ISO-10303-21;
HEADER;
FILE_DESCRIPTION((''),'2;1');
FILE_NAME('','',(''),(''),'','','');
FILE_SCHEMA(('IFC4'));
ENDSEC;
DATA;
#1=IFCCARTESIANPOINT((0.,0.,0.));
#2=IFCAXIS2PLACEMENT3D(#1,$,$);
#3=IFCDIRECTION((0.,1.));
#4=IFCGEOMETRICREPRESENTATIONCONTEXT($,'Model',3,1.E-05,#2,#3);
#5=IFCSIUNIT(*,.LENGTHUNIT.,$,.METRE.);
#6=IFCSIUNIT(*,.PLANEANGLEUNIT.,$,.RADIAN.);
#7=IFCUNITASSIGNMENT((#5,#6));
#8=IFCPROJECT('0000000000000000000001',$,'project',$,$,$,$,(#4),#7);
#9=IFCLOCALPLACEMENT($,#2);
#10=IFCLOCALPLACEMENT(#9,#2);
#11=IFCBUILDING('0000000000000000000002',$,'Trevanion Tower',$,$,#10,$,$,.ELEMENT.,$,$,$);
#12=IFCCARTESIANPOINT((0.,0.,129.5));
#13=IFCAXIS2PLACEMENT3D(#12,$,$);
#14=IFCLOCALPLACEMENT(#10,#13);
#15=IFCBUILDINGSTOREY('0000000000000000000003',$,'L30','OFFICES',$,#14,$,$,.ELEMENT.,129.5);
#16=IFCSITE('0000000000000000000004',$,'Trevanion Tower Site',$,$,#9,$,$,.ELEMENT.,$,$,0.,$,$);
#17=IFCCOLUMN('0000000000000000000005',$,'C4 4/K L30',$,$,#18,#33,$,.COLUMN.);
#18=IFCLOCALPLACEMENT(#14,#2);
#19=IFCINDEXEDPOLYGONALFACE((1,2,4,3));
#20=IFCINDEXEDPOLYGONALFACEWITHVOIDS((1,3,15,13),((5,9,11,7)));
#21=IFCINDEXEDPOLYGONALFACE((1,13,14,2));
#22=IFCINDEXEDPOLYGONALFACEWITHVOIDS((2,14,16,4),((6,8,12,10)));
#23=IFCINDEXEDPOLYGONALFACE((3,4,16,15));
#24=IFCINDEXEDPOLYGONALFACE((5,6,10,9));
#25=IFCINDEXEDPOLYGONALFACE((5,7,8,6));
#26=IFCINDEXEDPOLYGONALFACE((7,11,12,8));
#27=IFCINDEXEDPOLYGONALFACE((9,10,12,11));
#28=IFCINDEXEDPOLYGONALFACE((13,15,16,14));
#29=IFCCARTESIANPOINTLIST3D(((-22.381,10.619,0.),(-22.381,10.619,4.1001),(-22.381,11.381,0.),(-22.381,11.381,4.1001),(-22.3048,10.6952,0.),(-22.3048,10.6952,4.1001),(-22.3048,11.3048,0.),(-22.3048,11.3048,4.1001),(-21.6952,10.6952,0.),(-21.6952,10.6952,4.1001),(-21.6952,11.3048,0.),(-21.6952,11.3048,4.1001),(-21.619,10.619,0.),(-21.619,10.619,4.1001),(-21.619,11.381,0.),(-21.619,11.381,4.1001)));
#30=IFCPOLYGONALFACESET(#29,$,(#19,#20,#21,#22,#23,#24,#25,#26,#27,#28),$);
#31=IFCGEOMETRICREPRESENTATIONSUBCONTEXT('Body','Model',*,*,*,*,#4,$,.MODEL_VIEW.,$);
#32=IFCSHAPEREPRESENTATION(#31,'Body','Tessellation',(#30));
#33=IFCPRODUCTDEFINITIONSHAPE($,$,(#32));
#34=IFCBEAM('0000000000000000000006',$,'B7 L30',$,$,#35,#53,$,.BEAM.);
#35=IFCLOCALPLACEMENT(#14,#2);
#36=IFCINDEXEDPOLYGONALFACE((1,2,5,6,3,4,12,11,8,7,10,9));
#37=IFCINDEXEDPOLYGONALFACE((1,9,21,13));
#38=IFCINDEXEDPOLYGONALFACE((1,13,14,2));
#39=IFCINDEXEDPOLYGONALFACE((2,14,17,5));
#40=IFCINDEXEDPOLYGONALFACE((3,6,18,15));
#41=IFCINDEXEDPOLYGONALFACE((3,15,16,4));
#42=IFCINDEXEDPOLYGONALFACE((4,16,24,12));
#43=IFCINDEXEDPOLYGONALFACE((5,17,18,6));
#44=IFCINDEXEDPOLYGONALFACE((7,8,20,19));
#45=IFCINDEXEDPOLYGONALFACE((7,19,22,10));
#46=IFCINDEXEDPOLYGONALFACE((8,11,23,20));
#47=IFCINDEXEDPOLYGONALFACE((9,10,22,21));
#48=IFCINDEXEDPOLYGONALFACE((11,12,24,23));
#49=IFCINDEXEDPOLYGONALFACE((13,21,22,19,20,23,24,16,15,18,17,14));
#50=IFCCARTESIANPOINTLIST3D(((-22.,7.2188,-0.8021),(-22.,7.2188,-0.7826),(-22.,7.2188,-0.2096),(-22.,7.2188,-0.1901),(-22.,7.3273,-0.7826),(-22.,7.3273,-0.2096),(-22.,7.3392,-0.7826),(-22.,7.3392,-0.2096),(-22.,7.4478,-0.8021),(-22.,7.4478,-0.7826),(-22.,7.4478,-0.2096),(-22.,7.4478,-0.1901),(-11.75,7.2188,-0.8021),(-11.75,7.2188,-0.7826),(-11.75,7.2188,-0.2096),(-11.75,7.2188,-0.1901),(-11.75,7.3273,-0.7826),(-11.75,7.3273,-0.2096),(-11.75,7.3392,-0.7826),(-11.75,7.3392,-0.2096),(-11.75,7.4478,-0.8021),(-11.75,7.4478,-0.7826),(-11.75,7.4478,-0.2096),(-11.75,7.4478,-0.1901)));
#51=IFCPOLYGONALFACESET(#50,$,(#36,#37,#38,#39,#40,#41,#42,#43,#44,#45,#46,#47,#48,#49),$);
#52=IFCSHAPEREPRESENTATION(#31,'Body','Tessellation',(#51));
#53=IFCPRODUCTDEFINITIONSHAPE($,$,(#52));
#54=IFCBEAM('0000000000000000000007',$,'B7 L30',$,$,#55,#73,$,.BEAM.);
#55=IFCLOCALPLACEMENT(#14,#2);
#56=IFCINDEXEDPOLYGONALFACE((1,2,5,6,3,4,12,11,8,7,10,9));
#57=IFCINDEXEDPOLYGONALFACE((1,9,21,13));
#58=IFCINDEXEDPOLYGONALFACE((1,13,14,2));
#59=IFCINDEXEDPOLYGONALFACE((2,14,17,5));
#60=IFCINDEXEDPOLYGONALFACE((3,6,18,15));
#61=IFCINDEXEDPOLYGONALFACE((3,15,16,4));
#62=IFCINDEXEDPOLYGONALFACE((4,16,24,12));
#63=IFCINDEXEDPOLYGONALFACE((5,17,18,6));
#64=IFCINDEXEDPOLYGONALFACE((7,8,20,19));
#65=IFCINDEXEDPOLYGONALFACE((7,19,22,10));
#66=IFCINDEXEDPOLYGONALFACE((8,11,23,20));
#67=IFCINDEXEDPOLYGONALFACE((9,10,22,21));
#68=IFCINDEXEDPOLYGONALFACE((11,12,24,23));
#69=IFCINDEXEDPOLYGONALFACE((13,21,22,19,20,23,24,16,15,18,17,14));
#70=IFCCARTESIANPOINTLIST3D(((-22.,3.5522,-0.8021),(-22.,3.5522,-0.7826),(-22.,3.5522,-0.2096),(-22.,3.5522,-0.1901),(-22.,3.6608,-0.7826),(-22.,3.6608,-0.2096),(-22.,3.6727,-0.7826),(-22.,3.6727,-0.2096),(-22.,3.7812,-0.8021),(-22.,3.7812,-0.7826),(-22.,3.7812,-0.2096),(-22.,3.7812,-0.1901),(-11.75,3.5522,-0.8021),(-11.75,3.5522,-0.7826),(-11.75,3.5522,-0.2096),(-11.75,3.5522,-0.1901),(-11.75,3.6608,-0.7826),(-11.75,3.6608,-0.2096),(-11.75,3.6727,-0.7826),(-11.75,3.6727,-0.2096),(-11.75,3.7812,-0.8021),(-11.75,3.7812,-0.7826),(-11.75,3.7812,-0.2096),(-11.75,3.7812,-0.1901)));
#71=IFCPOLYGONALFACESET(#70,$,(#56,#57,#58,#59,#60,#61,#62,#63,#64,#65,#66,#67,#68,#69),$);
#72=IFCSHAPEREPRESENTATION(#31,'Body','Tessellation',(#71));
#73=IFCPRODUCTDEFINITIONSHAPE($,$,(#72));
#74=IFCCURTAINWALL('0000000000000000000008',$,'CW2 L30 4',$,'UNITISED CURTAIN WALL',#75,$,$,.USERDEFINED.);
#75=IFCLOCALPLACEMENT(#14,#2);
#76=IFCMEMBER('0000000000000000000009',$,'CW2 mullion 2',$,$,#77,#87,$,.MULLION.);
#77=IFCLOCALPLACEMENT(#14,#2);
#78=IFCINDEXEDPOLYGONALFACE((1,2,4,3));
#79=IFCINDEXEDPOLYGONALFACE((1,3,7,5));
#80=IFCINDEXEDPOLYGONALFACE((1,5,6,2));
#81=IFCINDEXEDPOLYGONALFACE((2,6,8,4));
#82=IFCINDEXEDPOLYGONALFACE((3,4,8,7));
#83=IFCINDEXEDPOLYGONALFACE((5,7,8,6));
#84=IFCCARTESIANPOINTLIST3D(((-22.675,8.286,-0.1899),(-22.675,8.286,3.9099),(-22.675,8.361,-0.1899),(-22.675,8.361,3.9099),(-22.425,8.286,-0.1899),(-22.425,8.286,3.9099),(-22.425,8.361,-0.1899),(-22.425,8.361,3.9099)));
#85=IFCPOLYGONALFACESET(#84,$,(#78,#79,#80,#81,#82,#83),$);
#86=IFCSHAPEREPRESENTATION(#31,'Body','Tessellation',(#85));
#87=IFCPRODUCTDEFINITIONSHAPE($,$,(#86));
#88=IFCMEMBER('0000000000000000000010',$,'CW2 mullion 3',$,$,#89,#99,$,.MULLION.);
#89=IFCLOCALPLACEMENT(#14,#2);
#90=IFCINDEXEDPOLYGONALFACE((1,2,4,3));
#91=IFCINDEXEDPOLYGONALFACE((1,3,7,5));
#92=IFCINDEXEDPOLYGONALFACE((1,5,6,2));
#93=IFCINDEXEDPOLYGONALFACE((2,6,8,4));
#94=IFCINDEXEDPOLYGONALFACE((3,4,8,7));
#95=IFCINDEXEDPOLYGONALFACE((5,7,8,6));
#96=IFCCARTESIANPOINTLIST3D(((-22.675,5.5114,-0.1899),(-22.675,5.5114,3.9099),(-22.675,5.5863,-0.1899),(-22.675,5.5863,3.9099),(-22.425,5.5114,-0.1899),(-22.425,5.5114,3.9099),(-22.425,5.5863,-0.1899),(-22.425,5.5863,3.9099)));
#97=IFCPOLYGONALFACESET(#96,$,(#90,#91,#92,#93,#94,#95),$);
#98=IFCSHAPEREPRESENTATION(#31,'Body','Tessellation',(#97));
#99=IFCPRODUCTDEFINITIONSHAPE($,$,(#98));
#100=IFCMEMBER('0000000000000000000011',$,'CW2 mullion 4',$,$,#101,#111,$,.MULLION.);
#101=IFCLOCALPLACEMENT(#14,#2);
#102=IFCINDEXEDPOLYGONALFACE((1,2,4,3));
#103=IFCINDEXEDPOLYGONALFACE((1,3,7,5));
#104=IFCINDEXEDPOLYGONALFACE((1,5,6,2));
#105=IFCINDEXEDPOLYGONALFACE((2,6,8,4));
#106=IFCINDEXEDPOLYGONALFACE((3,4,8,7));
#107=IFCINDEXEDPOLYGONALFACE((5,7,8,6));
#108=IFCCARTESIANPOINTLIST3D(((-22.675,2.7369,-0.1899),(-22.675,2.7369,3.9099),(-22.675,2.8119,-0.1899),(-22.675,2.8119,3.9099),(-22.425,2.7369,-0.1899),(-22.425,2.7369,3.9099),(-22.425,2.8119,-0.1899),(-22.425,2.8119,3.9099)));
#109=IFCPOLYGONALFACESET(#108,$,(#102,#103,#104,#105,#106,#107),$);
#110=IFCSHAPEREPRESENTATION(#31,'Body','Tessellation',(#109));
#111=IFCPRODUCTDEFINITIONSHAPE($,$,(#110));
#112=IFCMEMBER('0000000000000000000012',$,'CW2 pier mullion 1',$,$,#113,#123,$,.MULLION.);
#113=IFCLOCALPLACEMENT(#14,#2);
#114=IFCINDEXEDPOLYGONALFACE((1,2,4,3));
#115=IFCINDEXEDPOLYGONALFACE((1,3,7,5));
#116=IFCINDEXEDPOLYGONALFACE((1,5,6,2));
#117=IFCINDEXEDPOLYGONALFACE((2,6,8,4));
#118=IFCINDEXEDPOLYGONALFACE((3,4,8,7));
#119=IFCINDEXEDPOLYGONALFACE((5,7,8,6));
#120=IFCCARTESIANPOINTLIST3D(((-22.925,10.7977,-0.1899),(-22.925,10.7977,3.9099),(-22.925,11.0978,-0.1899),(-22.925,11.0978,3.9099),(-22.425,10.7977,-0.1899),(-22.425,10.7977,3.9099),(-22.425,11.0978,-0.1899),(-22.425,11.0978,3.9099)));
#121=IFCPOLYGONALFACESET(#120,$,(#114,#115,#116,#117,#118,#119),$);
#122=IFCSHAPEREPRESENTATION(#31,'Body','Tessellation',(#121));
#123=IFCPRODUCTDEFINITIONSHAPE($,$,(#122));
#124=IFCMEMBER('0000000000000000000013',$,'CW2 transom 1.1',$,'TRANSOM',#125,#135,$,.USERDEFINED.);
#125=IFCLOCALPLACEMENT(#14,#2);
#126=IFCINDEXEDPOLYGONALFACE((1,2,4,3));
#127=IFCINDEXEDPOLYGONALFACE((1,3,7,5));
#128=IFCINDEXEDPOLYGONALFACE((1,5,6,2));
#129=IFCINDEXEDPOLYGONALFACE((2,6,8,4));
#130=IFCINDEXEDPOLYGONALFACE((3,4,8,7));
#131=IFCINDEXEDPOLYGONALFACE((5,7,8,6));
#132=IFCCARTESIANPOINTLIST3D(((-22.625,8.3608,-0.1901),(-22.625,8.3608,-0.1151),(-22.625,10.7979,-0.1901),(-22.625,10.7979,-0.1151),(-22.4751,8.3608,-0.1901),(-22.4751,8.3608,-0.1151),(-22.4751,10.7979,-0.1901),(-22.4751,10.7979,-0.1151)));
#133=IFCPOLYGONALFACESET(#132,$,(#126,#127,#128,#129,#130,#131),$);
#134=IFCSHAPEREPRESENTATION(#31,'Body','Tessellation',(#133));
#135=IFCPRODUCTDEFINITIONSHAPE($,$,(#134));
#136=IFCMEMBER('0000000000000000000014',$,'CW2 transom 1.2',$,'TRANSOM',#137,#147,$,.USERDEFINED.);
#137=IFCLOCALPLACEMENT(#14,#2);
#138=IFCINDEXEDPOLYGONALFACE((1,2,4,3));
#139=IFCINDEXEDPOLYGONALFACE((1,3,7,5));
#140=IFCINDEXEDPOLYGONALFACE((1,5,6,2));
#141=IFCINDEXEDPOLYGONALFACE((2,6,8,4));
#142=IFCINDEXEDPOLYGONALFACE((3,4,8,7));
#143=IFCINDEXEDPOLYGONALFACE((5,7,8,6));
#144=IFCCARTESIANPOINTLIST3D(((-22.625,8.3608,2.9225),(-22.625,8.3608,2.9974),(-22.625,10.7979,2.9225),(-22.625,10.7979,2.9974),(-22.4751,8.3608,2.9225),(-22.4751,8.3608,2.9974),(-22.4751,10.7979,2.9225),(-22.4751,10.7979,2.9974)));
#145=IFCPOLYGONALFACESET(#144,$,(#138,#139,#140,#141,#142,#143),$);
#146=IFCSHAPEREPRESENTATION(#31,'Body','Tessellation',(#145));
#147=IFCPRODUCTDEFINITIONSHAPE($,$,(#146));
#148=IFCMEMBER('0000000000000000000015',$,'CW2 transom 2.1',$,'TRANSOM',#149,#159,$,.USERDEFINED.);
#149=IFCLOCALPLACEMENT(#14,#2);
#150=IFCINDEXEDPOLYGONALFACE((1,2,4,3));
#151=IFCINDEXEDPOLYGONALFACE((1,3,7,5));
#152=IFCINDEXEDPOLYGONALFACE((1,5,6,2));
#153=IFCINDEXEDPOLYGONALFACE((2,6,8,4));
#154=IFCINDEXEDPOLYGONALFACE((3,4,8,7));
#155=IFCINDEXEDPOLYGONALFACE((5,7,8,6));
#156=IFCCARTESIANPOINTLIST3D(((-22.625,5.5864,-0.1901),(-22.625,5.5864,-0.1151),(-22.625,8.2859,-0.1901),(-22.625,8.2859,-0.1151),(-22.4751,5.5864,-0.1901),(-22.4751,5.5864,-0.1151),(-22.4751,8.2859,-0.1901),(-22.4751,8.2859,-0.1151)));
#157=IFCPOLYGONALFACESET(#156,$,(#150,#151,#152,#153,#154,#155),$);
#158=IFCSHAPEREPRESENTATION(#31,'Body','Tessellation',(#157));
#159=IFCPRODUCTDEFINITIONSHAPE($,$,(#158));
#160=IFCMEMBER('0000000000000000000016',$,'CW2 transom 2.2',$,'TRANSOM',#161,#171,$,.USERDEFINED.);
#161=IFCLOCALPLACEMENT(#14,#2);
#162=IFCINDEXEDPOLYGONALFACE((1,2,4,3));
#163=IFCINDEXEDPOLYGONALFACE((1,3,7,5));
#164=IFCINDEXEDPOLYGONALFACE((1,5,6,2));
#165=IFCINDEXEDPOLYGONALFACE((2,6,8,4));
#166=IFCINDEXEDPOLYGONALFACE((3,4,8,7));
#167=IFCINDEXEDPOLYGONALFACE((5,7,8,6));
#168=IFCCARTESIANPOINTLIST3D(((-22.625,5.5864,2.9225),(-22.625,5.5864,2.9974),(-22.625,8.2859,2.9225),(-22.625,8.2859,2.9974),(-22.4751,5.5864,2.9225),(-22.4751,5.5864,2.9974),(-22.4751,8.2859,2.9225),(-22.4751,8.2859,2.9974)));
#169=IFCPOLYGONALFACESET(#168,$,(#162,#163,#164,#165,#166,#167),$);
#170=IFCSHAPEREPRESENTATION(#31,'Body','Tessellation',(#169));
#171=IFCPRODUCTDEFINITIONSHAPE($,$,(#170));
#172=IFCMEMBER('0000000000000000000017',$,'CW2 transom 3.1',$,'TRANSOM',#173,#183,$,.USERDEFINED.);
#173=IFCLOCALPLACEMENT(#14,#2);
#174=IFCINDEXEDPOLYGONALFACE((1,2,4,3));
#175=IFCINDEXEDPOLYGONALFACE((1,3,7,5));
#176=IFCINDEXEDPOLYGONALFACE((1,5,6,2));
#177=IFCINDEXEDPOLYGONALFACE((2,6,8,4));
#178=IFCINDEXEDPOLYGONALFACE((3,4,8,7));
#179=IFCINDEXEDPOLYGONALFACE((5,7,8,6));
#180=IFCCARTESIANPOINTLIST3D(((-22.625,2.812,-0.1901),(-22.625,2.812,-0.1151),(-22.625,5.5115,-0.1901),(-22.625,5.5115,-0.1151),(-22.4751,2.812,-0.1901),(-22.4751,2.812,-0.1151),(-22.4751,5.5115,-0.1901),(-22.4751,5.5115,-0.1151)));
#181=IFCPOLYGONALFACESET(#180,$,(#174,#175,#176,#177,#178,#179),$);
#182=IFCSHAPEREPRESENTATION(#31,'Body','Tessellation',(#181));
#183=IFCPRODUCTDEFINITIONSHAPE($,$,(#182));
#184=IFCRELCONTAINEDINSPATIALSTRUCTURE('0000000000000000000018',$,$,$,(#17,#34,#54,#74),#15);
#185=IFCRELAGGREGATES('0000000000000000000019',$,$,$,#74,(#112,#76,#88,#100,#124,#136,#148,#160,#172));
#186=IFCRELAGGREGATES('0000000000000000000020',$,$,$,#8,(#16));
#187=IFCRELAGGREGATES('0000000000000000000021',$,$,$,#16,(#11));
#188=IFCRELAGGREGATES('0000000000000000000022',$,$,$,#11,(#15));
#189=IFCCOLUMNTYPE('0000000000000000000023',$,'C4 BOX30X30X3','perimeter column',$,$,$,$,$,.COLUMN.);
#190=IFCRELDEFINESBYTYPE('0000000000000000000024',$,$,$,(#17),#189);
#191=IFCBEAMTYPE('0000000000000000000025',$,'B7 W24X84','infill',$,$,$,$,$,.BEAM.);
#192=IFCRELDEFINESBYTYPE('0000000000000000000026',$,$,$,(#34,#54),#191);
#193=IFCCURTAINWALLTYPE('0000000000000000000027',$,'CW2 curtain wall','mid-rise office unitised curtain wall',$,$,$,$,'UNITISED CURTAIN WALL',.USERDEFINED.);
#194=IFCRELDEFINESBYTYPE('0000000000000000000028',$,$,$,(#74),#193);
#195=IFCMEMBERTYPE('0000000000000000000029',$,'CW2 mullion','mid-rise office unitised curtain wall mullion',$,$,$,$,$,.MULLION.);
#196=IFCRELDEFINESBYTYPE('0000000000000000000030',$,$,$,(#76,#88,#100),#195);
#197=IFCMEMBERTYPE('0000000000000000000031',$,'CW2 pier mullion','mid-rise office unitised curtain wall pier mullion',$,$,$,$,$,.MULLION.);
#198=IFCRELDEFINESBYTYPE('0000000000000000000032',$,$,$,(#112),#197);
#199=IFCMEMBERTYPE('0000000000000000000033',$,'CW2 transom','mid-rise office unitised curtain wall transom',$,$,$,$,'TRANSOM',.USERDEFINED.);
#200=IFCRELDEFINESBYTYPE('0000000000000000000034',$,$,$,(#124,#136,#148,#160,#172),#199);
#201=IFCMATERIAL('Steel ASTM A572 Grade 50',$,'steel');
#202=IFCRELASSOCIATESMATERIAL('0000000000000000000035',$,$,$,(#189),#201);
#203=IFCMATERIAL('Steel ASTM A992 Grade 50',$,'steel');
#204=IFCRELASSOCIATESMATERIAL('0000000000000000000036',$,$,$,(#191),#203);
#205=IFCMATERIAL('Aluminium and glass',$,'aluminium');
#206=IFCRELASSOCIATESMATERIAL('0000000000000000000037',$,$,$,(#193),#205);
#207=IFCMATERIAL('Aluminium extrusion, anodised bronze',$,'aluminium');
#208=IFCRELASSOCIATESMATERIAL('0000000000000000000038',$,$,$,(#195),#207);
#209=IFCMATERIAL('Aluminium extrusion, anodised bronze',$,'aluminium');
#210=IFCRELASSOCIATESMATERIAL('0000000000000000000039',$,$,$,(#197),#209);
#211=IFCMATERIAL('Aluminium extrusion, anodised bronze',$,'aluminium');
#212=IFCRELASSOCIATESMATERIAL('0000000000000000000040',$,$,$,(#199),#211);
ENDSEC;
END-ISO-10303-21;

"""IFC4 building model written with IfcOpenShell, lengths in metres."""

from ifc_helpers import new_model, si_unit, direction, frame, origin, origin_2d, place, context, subcontext, project, spatial, rectangle, hollow_rectangle, i_section, extrude, material, material_profile, profile_set, type_object, element, aggregate, save


model = new_model("IFC4")

# Units and contexts
model_context = context("Model", 3, precision=1e-05, world=origin(), true_north=direction((0.0, 1.0)))
body_context = subcontext(model_context, "Body", "Model", "MODEL_VIEW")
ifc_project = project(units=[si_unit("LENGTHUNIT", "METRE"), si_unit("PLANEANGLEUNIT", "RADIAN")], contexts=[model_context])

# Site, building, storey
site_placement = place(None, origin())
site = spatial("IfcSite", under=ifc_project, at=site_placement, Name="Trevanion Tower Site", CompositionType="ELEMENT", RefElevation=0.0)
building_placement = place(site_placement, origin())
building = spatial("IfcBuilding", under=site, at=building_placement, Name="Trevanion Tower", CompositionType="ELEMENT")
storey_placement = place(building_placement, frame((0.0, 0.0, 129.5)))
storey = spatial("IfcBuildingStorey", under=building, at=storey_placement, Name="L30", Description="OFFICES", CompositionType="ELEMENT", Elevation=129.5)

# Column
ifc_material_1 = material(Name="Steel ASTM A572 Grade 50", Category="steel")
ifc_material_profile_1 = material_profile(ifc_material_1, hollow_rectangle(XDim=0.762, YDim=0.762, WallThickness=0.0762, at=origin_2d()), Name="BOX30X30X3")
ifc_profile_set_1 = profile_set([ifc_material_profile_1], Name="Steel ASTM A572 Grade 50")
column_type = type_object("IfcColumnType", Name="C4 BOX30X30X3", Description="perimeter column", PredefinedType="COLUMN", material=ifc_profile_set_1)
column_placement = place(storey_placement, frame((-22.0, 11.0, 0.0), z_axis=(0.0, 0.0, 1.0), x_axis=(0.0, 1.0, 0.0)))
element("IfcColumn", 1, at=column_placement, inside=storey, type_object=column_type, Name="C4 4/K L30", PredefinedType="COLUMN", context=body_context, shape_type="SweptSolid", body=[
    extrude(hollow_rectangle(XDim=0.762, YDim=0.762, WallThickness=0.0762, at=origin_2d()), origin(), (0.0, 0.0, 1.0), 4.1001),
])

# Beams
ifc_material_2 = material(Name="Steel ASTM A992 Grade 50", Category="steel")
ifc_material_profile_2 = material_profile(ifc_material_2, i_section(OverallWidth=0.229, OverallDepth=0.6121, WebThickness=0.012, FlangeThickness=0.0195, at=origin_2d()), Name="W24X84")
ifc_profile_set_2 = profile_set([ifc_material_profile_2], Name="Steel ASTM A992 Grade 50")
beam_type_1 = type_object("IfcBeamType", Name="B7 W24X84", Description="infill", PredefinedType="BEAM", material=ifc_profile_set_2)
for number, where, z_axis, x_axis, name in (
    (2, (-11.75, 7.3333, -0.4961), (-1.0, 0.0, 0.0), (0.0, -1.0, 0.0), "B7 L30"),
    (3, (-11.75, 3.6667, -0.4961), (-1.0, 0.0, 0.0), (0.0, -1.0, 0.0), "B7 L30"),
):
    element("IfcBeam", number, at=place(storey_placement, frame(where, z_axis=z_axis, x_axis=x_axis)), inside=storey, type_object=beam_type_1, Name=name, PredefinedType="BEAM", context=body_context, shape_type="SweptSolid", body=[
        extrude(i_section(OverallWidth=0.229, OverallDepth=0.6121, WebThickness=0.012, FlangeThickness=0.0195, at=origin_2d()), origin(), (0.0, 0.0, 1.0), 10.25),
    ])

# Curtain wall, members
ifc_material_3 = material(Name="Aluminium and glass", Category="aluminium")
curtain_wall_type = type_object("IfcCurtainWallType", Name="CW2 curtain wall", Description="mid-rise office unitised curtain wall", ElementType="UNITISED CURTAIN WALL", PredefinedType="USERDEFINED", material=ifc_material_3)
curtain_wall_placement = place(storey_placement, origin())
curtain_wall = element("IfcCurtainWall", 4, at=curtain_wall_placement, inside=storey, type_object=curtain_wall_type, Name="CW2 L30 4", ObjectType="UNITISED CURTAIN WALL", PredefinedType="USERDEFINED")
ifc_material_4 = material(Name="Aluminium extrusion, anodised bronze", Category="aluminium")
ifc_material_profile_3 = material_profile(ifc_material_4, rectangle(XDim=0.075, YDim=0.25, at=origin_2d()), Name="CW2 mullion")
ifc_profile_set_3 = profile_set([ifc_material_profile_3], Name="Aluminium extrusion, anodised bronze")
member_type_1 = type_object("IfcMemberType", Name="CW2 mullion", Description="mid-rise office unitised curtain wall mullion", PredefinedType="MULLION", material=ifc_profile_set_3)
member_1_placement = place(storey_placement, frame((-22.55, 8.3235, -0.1899), z_axis=(0.0, 0.0, 1.0), x_axis=(0.0, -1.0, 0.0)))
member_1 = element("IfcMember", 5, at=member_1_placement, type_object=member_type_1, Name="CW2 mullion 2", PredefinedType="MULLION", context=body_context, shape_type="SweptSolid", body=[
    extrude(rectangle(XDim=0.075, YDim=0.25, at=origin_2d()), origin(), (0.0, 0.0, 1.0), 4.0999),
])
member_2_placement = place(storey_placement, frame((-22.55, 5.5488, -0.1899), z_axis=(0.0, 0.0, 1.0), x_axis=(0.0, -1.0, 0.0)))
member_2 = element("IfcMember", 6, at=member_2_placement, type_object=member_type_1, Name="CW2 mullion 3", PredefinedType="MULLION", context=body_context, shape_type="SweptSolid", body=[
    extrude(rectangle(XDim=0.075, YDim=0.25, at=origin_2d()), origin(), (0.0, 0.0, 1.0), 4.0999),
])
member_3_placement = place(storey_placement, frame((-22.55, 2.7744, -0.1899), z_axis=(0.0, 0.0, 1.0), x_axis=(0.0, -1.0, 0.0)))
member_3 = element("IfcMember", 7, at=member_3_placement, type_object=member_type_1, Name="CW2 mullion 4", PredefinedType="MULLION", context=body_context, shape_type="SweptSolid", body=[
    extrude(rectangle(XDim=0.075, YDim=0.25, at=origin_2d()), origin(), (0.0, 0.0, 1.0), 4.0999),
])
ifc_material_5 = material(Name="Aluminium extrusion, anodised bronze", Category="aluminium")
ifc_material_profile_4 = material_profile(ifc_material_5, rectangle(XDim=0.3, YDim=0.5, at=origin_2d()), Name="CW2 pier mullion")
ifc_profile_set_4 = profile_set([ifc_material_profile_4], Name="Aluminium extrusion, anodised bronze")
member_type_2 = type_object("IfcMemberType", Name="CW2 pier mullion", Description="mid-rise office unitised curtain wall pier mullion", PredefinedType="MULLION", material=ifc_profile_set_4)
member_4_placement = place(storey_placement, frame((-22.675, 10.9478, -0.1899), z_axis=(0.0, 0.0, 1.0), x_axis=(0.0, -1.0, 0.0)))
member_4 = element("IfcMember", 8, at=member_4_placement, type_object=member_type_2, Name="CW2 pier mullion 1", PredefinedType="MULLION", context=body_context, shape_type="SweptSolid", body=[
    extrude(rectangle(XDim=0.3, YDim=0.5, at=origin_2d()), origin(), (0.0, 0.0, 1.0), 4.0999),
])
ifc_material_6 = material(Name="Aluminium extrusion, anodised bronze", Category="aluminium")
ifc_material_profile_5 = material_profile(ifc_material_6, rectangle(XDim=0.1499, YDim=0.075, at=origin_2d()), Name="CW2 transom")
ifc_profile_set_5 = profile_set([ifc_material_profile_5], Name="Aluminium extrusion, anodised bronze")
member_type_3 = type_object("IfcMemberType", Name="CW2 transom", Description="mid-rise office unitised curtain wall transom", ElementType="TRANSOM", PredefinedType="USERDEFINED", material=ifc_profile_set_5)
member_5_placement = place(storey_placement, frame((-22.55, 10.7979, -0.1526), z_axis=(0.0, -1.0, 0.0), x_axis=(1.0, 0.0, 0.0)))
member_5 = element("IfcMember", 9, at=member_5_placement, type_object=member_type_3, Name="CW2 transom 1.1", ObjectType="TRANSOM", PredefinedType="USERDEFINED", context=body_context, shape_type="SweptSolid", body=[
    extrude(rectangle(XDim=0.1499, YDim=0.075, at=origin_2d()), origin(), (0.0, 0.0, 1.0), 2.437),
])
member_6_placement = place(storey_placement, frame((-22.55, 10.7979, 2.96), z_axis=(0.0, -1.0, 0.0), x_axis=(1.0, 0.0, 0.0)))
member_6 = element("IfcMember", 10, at=member_6_placement, type_object=member_type_3, Name="CW2 transom 1.2", ObjectType="TRANSOM", PredefinedType="USERDEFINED", context=body_context, shape_type="SweptSolid", body=[
    extrude(rectangle(XDim=0.1499, YDim=0.075, at=origin_2d()), origin(), (0.0, 0.0, 1.0), 2.437),
])
member_7_placement = place(storey_placement, frame((-22.55, 8.2859, -0.1526), z_axis=(0.0, -1.0, 0.0), x_axis=(1.0, 0.0, 0.0)))
member_7 = element("IfcMember", 11, at=member_7_placement, type_object=member_type_3, Name="CW2 transom 2.1", ObjectType="TRANSOM", PredefinedType="USERDEFINED", context=body_context, shape_type="SweptSolid", body=[
    extrude(rectangle(XDim=0.1499, YDim=0.075, at=origin_2d()), origin(), (0.0, 0.0, 1.0), 2.6995),
])
member_8_placement = place(storey_placement, frame((-22.55, 8.2859, 2.96), z_axis=(0.0, -1.0, 0.0), x_axis=(1.0, 0.0, 0.0)))
member_8 = element("IfcMember", 12, at=member_8_placement, type_object=member_type_3, Name="CW2 transom 2.2", ObjectType="TRANSOM", PredefinedType="USERDEFINED", context=body_context, shape_type="SweptSolid", body=[
    extrude(rectangle(XDim=0.1499, YDim=0.075, at=origin_2d()), origin(), (0.0, 0.0, 1.0), 2.6995),
])
member_9_placement = place(storey_placement, frame((-22.55, 5.5115, -0.1526), z_axis=(0.0, -1.0, 0.0), x_axis=(1.0, 0.0, 0.0)))
member_9 = element("IfcMember", 13, at=member_9_placement, type_object=member_type_3, Name="CW2 transom 3.1", ObjectType="TRANSOM", PredefinedType="USERDEFINED", context=body_context, shape_type="SweptSolid", body=[
    extrude(rectangle(XDim=0.1499, YDim=0.075, at=origin_2d()), origin(), (0.0, 0.0, 1.0), 2.6995),
])

aggregate(curtain_wall, [member_4, member_1, member_2, member_3, member_5, member_6, member_7, member_8, member_9])

save(model, "model.ifc")
